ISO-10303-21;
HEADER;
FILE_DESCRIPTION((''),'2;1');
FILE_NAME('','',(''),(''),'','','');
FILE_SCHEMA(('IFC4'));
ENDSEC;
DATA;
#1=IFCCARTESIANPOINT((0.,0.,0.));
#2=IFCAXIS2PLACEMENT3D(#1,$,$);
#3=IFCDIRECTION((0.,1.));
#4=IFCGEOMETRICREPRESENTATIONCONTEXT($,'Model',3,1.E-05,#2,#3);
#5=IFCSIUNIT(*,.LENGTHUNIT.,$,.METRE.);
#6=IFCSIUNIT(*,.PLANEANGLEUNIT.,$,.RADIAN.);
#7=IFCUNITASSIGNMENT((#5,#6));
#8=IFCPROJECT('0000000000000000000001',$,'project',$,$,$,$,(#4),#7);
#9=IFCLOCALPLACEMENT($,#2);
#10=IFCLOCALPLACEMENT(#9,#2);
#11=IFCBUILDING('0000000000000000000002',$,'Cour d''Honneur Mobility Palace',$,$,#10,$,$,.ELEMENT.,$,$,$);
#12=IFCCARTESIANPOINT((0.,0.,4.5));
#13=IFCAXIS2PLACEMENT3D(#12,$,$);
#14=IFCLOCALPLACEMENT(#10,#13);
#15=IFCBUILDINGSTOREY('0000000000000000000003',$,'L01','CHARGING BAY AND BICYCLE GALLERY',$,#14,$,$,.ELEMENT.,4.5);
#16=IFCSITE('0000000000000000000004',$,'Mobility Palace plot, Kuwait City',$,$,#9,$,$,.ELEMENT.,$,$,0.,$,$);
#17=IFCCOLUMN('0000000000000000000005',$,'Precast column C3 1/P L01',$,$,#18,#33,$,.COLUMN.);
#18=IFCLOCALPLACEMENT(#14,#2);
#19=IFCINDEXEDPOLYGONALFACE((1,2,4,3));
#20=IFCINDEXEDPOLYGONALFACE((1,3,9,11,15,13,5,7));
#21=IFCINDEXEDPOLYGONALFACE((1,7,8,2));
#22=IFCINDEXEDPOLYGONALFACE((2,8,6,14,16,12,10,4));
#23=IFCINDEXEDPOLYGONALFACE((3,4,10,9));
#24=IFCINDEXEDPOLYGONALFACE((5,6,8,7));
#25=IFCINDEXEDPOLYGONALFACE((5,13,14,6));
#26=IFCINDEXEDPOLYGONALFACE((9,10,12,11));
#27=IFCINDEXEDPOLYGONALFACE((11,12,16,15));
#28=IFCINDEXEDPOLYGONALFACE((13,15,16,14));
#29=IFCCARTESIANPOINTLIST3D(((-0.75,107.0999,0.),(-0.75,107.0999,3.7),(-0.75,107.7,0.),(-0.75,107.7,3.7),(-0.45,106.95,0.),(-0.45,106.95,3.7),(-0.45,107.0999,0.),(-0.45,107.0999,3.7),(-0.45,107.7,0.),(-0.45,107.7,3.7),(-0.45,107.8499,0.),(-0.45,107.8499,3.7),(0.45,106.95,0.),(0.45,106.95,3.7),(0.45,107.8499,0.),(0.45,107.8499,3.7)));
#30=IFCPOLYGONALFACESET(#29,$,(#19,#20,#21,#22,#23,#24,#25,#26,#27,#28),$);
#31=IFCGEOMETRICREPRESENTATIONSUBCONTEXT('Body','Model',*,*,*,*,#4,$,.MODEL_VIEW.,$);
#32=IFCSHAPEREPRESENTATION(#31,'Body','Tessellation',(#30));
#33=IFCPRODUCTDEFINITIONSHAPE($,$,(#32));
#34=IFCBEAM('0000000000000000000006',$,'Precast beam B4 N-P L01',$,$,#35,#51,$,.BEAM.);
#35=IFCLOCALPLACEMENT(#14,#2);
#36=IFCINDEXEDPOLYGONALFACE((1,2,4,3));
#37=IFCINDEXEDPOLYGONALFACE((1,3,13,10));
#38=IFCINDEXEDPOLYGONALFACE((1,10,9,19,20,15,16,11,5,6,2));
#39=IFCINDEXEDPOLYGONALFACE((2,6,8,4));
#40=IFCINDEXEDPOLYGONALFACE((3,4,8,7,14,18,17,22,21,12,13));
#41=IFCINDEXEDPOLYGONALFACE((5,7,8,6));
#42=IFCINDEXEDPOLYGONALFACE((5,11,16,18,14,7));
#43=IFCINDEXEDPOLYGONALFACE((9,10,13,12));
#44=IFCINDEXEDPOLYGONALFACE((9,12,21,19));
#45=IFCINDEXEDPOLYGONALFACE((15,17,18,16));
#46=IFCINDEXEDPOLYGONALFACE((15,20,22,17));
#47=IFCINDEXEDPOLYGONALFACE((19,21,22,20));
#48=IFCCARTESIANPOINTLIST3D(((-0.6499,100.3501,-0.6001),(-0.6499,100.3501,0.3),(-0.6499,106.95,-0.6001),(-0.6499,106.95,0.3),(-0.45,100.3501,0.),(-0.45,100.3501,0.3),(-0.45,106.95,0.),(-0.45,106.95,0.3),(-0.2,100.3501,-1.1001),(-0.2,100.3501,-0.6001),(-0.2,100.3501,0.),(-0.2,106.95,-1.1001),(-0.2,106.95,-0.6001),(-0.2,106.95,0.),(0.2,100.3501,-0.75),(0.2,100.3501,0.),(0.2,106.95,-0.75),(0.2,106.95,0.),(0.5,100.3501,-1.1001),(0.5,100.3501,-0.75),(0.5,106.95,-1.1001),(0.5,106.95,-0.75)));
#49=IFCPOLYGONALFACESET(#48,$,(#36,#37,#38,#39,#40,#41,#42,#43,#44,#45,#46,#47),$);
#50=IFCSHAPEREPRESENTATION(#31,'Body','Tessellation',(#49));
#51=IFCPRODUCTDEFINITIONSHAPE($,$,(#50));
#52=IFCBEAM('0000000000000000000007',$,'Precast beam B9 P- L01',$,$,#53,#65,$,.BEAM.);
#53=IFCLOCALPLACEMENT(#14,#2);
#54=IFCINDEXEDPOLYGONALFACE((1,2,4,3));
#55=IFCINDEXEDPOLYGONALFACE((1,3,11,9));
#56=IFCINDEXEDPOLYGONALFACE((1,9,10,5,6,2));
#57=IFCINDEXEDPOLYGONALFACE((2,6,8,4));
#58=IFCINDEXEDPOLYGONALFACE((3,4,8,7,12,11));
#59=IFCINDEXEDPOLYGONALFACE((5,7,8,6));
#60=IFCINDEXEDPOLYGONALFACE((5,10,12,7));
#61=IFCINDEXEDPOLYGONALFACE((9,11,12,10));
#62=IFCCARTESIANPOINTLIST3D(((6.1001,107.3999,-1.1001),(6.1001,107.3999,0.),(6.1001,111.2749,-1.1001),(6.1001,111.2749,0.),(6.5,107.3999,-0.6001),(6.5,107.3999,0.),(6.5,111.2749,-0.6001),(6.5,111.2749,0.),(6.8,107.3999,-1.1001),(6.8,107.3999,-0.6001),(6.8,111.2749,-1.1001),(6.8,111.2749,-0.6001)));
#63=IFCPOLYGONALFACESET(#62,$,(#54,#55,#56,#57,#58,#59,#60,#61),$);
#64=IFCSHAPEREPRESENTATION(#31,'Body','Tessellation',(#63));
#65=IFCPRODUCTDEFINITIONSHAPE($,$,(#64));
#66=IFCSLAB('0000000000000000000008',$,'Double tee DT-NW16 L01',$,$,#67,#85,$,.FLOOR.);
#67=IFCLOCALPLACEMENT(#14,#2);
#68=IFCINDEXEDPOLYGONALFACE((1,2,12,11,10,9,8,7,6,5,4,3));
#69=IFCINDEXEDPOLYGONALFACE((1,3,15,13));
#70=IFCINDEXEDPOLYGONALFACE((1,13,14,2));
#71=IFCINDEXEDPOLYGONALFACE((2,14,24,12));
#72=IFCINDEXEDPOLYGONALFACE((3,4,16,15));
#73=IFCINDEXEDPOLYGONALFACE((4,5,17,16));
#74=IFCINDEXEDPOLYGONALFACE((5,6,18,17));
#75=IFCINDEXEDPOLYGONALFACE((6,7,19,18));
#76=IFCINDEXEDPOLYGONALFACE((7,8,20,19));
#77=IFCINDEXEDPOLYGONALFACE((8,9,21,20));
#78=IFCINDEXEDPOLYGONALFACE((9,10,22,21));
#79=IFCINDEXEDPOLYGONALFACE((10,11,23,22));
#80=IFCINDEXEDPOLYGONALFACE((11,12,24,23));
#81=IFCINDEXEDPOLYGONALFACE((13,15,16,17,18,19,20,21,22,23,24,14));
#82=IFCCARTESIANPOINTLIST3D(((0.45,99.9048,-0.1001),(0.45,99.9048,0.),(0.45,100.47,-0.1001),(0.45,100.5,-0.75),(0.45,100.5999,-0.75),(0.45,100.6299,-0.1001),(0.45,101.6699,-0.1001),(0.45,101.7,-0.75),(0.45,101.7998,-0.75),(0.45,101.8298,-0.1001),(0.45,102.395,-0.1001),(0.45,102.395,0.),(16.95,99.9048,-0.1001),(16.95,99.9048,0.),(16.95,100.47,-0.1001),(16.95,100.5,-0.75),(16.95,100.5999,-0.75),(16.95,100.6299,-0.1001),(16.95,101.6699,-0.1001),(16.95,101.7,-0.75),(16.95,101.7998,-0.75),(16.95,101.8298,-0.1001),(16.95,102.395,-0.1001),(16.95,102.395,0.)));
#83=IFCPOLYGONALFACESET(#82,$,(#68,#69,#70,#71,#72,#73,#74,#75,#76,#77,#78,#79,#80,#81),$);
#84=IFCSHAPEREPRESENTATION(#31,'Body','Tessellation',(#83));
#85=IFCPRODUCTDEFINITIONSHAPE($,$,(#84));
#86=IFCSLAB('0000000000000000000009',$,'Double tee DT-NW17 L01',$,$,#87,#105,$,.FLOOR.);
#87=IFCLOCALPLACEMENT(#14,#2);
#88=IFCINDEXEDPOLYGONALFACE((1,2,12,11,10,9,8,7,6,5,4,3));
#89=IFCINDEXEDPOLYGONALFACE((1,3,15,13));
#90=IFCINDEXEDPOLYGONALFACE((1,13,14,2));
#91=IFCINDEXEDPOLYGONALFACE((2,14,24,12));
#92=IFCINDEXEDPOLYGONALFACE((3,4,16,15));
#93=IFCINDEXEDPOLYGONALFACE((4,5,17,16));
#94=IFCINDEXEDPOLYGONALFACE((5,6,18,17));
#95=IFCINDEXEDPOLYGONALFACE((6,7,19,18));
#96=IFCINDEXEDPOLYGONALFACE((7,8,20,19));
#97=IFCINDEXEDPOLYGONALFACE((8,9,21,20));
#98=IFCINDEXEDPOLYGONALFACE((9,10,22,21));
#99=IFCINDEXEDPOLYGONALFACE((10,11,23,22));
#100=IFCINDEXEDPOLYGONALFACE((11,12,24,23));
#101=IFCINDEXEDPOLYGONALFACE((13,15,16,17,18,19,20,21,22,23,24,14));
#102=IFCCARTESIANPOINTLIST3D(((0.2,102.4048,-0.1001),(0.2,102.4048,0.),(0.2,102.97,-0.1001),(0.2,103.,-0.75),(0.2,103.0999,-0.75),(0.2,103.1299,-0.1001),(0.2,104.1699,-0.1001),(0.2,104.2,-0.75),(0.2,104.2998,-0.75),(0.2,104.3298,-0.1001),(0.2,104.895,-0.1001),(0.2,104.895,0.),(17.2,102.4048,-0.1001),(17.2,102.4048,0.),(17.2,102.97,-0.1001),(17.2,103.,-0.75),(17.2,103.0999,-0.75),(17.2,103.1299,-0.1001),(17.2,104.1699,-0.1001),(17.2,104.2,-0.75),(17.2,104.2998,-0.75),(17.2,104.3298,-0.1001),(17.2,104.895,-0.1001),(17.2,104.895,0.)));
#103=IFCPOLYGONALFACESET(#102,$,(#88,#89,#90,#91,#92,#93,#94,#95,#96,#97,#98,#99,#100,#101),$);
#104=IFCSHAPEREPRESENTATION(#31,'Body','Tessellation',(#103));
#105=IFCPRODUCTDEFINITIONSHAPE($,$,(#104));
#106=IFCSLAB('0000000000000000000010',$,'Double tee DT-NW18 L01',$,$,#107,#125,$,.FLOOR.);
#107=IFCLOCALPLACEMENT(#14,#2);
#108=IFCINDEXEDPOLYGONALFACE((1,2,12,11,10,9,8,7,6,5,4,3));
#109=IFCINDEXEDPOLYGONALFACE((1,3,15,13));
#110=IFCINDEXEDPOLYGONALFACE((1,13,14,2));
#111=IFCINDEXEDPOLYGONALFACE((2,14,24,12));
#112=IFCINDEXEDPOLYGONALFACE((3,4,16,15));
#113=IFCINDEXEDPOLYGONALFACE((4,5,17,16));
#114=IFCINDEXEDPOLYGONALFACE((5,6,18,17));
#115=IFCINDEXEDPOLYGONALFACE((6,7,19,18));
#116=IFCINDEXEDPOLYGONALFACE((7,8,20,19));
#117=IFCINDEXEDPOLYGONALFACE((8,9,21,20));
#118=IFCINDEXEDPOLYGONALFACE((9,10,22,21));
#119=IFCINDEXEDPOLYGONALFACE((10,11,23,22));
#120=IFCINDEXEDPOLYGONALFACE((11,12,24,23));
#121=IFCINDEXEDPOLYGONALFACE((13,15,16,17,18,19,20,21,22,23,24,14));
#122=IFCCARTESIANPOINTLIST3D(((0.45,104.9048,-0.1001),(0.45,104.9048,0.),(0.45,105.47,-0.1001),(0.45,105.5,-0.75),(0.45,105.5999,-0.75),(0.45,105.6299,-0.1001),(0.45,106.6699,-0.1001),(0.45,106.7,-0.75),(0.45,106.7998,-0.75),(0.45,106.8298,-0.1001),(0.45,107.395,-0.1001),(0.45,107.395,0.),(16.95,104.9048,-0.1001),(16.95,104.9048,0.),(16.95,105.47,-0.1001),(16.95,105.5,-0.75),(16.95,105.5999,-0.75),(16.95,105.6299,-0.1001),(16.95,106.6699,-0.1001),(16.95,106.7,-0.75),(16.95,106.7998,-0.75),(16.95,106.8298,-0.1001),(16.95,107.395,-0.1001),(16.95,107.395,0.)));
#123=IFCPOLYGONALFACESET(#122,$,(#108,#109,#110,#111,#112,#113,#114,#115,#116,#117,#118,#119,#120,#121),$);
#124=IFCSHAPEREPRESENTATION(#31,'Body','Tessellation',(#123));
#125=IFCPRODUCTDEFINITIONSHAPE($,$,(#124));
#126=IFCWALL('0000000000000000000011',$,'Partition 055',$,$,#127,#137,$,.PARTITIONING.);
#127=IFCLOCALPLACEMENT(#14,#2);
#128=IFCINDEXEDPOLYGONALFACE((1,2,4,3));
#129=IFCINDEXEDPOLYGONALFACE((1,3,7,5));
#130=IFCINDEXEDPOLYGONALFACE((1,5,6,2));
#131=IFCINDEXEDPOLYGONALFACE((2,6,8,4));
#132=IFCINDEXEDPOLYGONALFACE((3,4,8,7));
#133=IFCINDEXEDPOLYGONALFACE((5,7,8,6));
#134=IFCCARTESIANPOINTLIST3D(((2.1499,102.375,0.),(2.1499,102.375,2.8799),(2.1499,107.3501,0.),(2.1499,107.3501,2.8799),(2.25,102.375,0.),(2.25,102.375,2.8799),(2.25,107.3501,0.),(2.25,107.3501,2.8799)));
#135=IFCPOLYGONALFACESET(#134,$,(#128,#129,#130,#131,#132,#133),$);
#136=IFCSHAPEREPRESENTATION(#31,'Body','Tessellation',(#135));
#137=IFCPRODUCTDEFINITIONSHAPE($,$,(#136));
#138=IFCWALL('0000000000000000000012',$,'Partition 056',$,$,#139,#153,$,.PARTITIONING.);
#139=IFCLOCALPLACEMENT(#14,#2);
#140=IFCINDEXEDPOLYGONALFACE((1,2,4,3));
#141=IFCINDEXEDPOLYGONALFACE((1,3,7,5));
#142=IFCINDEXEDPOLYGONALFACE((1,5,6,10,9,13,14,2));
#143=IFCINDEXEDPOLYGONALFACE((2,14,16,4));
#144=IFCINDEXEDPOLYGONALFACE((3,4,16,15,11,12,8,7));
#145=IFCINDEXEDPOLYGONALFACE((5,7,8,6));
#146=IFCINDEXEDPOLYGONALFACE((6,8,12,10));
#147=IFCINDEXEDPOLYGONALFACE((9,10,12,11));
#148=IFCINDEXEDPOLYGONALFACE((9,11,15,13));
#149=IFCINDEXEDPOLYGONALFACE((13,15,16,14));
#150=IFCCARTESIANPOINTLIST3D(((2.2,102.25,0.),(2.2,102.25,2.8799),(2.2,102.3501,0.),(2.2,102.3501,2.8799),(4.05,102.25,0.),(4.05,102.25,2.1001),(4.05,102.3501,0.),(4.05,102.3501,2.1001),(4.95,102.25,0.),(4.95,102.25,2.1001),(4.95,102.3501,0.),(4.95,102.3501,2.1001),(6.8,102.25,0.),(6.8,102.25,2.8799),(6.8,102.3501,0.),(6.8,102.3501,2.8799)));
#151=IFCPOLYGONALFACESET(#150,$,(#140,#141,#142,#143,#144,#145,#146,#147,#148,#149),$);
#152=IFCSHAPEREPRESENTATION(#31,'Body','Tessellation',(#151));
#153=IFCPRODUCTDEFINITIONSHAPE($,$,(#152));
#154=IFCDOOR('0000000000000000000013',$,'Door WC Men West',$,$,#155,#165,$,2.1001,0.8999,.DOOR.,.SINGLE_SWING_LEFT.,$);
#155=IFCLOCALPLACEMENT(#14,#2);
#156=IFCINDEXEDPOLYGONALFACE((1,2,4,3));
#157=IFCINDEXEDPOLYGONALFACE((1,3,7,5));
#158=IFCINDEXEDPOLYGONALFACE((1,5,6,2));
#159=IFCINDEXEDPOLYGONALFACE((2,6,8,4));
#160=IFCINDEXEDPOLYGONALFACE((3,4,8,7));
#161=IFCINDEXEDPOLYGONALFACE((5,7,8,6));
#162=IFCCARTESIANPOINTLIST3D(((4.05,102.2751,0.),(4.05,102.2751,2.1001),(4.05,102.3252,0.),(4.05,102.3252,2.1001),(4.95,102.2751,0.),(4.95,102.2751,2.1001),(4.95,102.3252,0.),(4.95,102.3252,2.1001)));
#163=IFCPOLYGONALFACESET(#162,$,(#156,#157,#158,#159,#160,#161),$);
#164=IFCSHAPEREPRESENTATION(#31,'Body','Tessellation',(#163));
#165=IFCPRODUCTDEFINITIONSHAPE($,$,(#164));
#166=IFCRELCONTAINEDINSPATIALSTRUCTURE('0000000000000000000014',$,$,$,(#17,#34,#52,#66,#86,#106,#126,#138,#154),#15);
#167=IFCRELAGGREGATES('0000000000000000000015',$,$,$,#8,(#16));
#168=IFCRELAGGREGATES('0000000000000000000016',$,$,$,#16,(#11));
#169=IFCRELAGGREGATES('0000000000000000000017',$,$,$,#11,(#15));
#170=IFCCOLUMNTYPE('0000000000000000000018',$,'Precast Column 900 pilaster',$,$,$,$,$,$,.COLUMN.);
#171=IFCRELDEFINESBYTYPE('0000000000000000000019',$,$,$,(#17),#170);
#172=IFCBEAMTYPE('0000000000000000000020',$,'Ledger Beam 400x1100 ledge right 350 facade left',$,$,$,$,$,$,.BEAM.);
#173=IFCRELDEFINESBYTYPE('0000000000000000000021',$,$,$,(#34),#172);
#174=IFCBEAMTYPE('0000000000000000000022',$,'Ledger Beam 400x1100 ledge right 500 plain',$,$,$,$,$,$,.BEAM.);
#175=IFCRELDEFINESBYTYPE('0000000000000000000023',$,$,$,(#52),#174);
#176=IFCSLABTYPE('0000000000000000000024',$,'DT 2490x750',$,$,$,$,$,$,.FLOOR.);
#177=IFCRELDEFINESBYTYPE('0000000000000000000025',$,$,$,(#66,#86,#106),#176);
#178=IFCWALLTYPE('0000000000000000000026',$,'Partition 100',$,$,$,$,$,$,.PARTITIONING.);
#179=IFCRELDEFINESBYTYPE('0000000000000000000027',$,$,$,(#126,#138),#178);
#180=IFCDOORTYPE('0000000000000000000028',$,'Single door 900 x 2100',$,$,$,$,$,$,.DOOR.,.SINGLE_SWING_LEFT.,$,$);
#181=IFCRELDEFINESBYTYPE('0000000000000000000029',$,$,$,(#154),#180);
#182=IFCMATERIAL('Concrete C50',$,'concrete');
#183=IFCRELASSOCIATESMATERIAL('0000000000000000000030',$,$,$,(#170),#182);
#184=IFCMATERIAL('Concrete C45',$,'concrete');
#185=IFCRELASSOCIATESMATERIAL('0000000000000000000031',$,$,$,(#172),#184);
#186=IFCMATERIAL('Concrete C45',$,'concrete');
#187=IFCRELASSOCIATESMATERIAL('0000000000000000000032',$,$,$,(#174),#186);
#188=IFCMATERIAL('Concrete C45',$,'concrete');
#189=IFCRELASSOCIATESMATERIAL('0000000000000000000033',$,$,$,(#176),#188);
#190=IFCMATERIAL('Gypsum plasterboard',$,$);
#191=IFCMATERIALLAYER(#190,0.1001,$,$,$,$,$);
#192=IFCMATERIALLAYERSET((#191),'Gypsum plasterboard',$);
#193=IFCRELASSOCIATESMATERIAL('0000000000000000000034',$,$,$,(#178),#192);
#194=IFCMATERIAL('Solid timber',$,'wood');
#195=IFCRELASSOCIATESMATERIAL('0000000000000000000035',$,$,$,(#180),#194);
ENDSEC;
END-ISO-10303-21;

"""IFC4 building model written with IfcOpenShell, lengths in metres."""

from ifc_helpers import new_model, si_unit, direction, frame, frame_2d, origin, place, context, subcontext, project, spatial, polyline, rectangle, outline, extrude, material, layer, layer_set, material_profile, profile_set, type_object, element, fill, save


model = new_model("IFC4")

# Units and contexts
model_context = context("Model", 3, precision=1e-05, world=origin(), true_north=direction((0.0, 1.0)))
body_context = subcontext(model_context, "Body", "Model", "MODEL_VIEW")
ifc_project = project(units=[si_unit("LENGTHUNIT", "METRE"), si_unit("PLANEANGLEUNIT", "RADIAN")], contexts=[model_context])

# Site, building, storey
site_placement = place(None, origin())
site = spatial("IfcSite", under=ifc_project, at=site_placement, Name="Mobility Palace plot, Kuwait City", CompositionType="ELEMENT", RefElevation=0.0)
building_placement = place(site_placement, origin())
building = spatial("IfcBuilding", under=site, at=building_placement, Name="Cour d'Honneur Mobility Palace", CompositionType="ELEMENT")
storey_placement = place(building_placement, frame((0.0, 0.0, 4.5)))
storey = spatial("IfcBuildingStorey", under=building, at=storey_placement, Name="L01", Description="CHARGING BAY AND BICYCLE GALLERY", CompositionType="ELEMENT", Elevation=4.5)

# Column
ifc_material_1 = material(Name="Concrete C50", Category="concrete")
ifc_material_profile_1 = material_profile(ifc_material_1, outline(polyline([(-0.45, -0.45), (0.45, -0.45), (0.45, -0.3), (0.75, -0.3), (0.75, 0.3), (0.45, 0.3), (0.45, 0.45), (-0.45, 0.45), (-0.45, -0.45)])), Name="PC C900 pilaster")
ifc_profile_set_1 = profile_set([ifc_material_profile_1], Name="Concrete C50")
column_type = type_object("IfcColumnType", Name="Precast Column 900 pilaster", PredefinedType="COLUMN", material=ifc_profile_set_1)
column_placement = place(storey_placement, frame((0.0, 107.3999, 0.0), z_axis=(0.0, 0.0, 1.0), x_axis=(-1.0, 0.0, 0.0)))
element("IfcColumn", 1, at=column_placement, inside=storey, type_object=column_type, Name="Precast column C3 1/P L01", PredefinedType="COLUMN", context=body_context, shape_type="SweptSolid", body=[
    extrude(outline(polyline([(-0.45, -0.45), (0.45, -0.45), (0.45, -0.3), (0.75, -0.3), (0.75, 0.3), (0.45, 0.3), (0.45, 0.45), (-0.45, 0.45), (-0.45, -0.45)])), origin(), (0.0, 0.0, 1.0), 3.7),
])

# Beams
ifc_material_2 = material(Name="Concrete C45", Category="concrete")
ifc_material_profile_2 = material_profile(ifc_material_2, outline(polyline([(0.2, -1.1001), (0.2, -0.6001), (0.6499, -0.6001), (0.6499, 0.3), (0.45, 0.3), (0.45, 0.0), (0.2, 0.0), (-0.2, 0.0), (-0.2, -0.75), (-0.5, -0.75), (-0.5, -1.1001), (0.2, -1.1001)])), Name="Ledger Beam 400x1100 ledge right 350 facade left")
ifc_profile_set_2 = profile_set([ifc_material_profile_2], Name="Concrete C45")
beam_type_1 = type_object("IfcBeamType", Name="Ledger Beam 400x1100 ledge right 350 facade left", PredefinedType="BEAM", material=ifc_profile_set_2)
beam_1_placement = place(storey_placement, frame((0.0, 100.3501, 0.0), z_axis=(0.0, 1.0, 0.0), x_axis=(-1.0, 0.0, 0.0)))
element("IfcBeam", 2, at=beam_1_placement, inside=storey, type_object=beam_type_1, Name="Precast beam B4 N-P L01", PredefinedType="BEAM", context=body_context, shape_type="SweptSolid", body=[
    extrude(outline(polyline([(0.2, -1.1001), (0.2, -0.6001), (0.6499, -0.6001), (0.6499, 0.3), (0.45, 0.3), (0.45, 0.0), (0.2, 0.0), (-0.2, 0.0), (-0.2, -0.75), (-0.5, -0.75), (-0.5, -1.1001), (0.2, -1.1001)])), origin(), (0.0, 0.0, 1.0), 6.5999),
])
ifc_material_3 = material(Name="Concrete C45", Category="concrete")
ifc_material_profile_3 = material_profile(ifc_material_3, outline(polyline([(0.2, -1.1001), (0.2, 0.0), (-0.2, 0.0), (-0.2, -0.6001), (-0.5, -0.6001), (-0.5, -1.1001), (0.2, -1.1001)])), Name="Ledger Beam 400x1100 ledge right 500 plain")
ifc_profile_set_3 = profile_set([ifc_material_profile_3], Name="Concrete C45")
beam_type_2 = type_object("IfcBeamType", Name="Ledger Beam 400x1100 ledge right 500 plain", PredefinedType="BEAM", material=ifc_profile_set_3)
beam_2_placement = place(storey_placement, frame((6.3, 107.3999, 0.0), z_axis=(0.0, 1.0, 0.0), x_axis=(-1.0, 0.0, 0.0)))
element("IfcBeam", 3, at=beam_2_placement, inside=storey, type_object=beam_type_2, Name="Precast beam B9 P- L01", PredefinedType="BEAM", context=body_context, shape_type="SweptSolid", body=[
    extrude(outline(polyline([(0.2, -1.1001), (0.2, 0.0), (-0.2, 0.0), (-0.2, -0.6001), (-0.5, -0.6001), (-0.5, -1.1001), (0.2, -1.1001)])), origin(), (0.0, 0.0, 1.0), 3.875),
])

# Slabs
ifc_material_4 = material(Name="Concrete C45", Category="concrete")
ifc_material_profile_4 = material_profile(ifc_material_4, outline(polyline([(-1.2451, 0.0), (1.2451, 0.0), (1.2451, -0.1001), (0.6799, -0.1001), (0.6499, -0.75), (0.55, -0.75), (0.52, -0.1001), (-0.52, -0.1001), (-0.55, -0.75), (-0.6499, -0.75), (-0.6799, -0.1001), (-1.2451, -0.1001), (-1.2451, 0.0)])), Name="DT 2490x750")
ifc_profile_set_4 = profile_set([ifc_material_profile_4], Name="Concrete C45")
slab_type = type_object("IfcSlabType", Name="DT 2490x750", PredefinedType="FLOOR", material=ifc_profile_set_4)
slab_1_placement = place(storey_placement, frame((0.45, 101.1499, 0.0), z_axis=(1.0, 0.0, 0.0), x_axis=(0.0, 1.0, 0.0)))
element("IfcSlab", 4, at=slab_1_placement, inside=storey, type_object=slab_type, Name="Double tee DT-NW16 L01", PredefinedType="FLOOR", context=body_context, shape_type="SweptSolid", body=[
    extrude(outline(polyline([(-1.2451, 0.0), (1.2451, 0.0), (1.2451, -0.1001), (0.6799, -0.1001), (0.6499, -0.75), (0.55, -0.75), (0.52, -0.1001), (-0.52, -0.1001), (-0.55, -0.75), (-0.6499, -0.75), (-0.6799, -0.1001), (-1.2451, -0.1001), (-1.2451, 0.0)])), origin(), (0.0, 0.0, 1.0), 16.5),
])
slab_2_placement = place(storey_placement, frame((0.2, 103.6499, 0.0), z_axis=(1.0, 0.0, 0.0), x_axis=(0.0, 1.0, 0.0)))
element("IfcSlab", 5, at=slab_2_placement, inside=storey, type_object=slab_type, Name="Double tee DT-NW17 L01", PredefinedType="FLOOR", context=body_context, shape_type="SweptSolid", body=[
    extrude(outline(polyline([(-1.2451, 0.0), (1.2451, 0.0), (1.2451, -0.1001), (0.6799, -0.1001), (0.6499, -0.75), (0.55, -0.75), (0.52, -0.1001), (-0.52, -0.1001), (-0.55, -0.75), (-0.6499, -0.75), (-0.6799, -0.1001), (-1.2451, -0.1001), (-1.2451, 0.0)])), origin(), (0.0, 0.0, 1.0), 17.0),
])
slab_3_placement = place(storey_placement, frame((0.45, 106.1499, 0.0), z_axis=(1.0, 0.0, 0.0), x_axis=(0.0, 1.0, 0.0)))
element("IfcSlab", 6, at=slab_3_placement, inside=storey, type_object=slab_type, Name="Double tee DT-NW18 L01", PredefinedType="FLOOR", context=body_context, shape_type="SweptSolid", body=[
    extrude(outline(polyline([(-1.2451, 0.0), (1.2451, 0.0), (1.2451, -0.1001), (0.6799, -0.1001), (0.6499, -0.75), (0.55, -0.75), (0.52, -0.1001), (-0.52, -0.1001), (-0.55, -0.75), (-0.6499, -0.75), (-0.6799, -0.1001), (-1.2451, -0.1001), (-1.2451, 0.0)])), origin(), (0.0, 0.0, 1.0), 16.5),
])

# Wall
ifc_material_5 = material(Name="Gypsum plasterboard")
ifc_layer_1 = layer(ifc_material_5, 0.1001)
ifc_layer_set_1 = layer_set([ifc_layer_1], Name="Gypsum plasterboard")
wall_type_1 = type_object("IfcWallType", Name="Partition 100", PredefinedType="PARTITIONING", material=ifc_layer_set_1)
wall_1_placement = place(storey_placement, frame((2.2, 102.375, 0.0), z_axis=(0.0, 0.0, 1.0), x_axis=(0.0, 1.0, 0.0)))
element("IfcWall", 7, at=wall_1_placement, inside=storey, type_object=wall_type_1, Name="Partition 055", PredefinedType="PARTITIONING", context=body_context, shape_type="SweptSolid", body=[
    extrude(rectangle(XDim=4.9751, YDim=0.1001, at=frame_2d((2.4875, 0.0))), origin(), (0.0, 0.0, 1.0), 2.8799),
])

# Wall, opening, door
wall_2_placement = place(storey_placement, frame((6.8, 102.3, 0.0), z_axis=(0.0, 0.0, 1.0), x_axis=(-1.0, 0.0, 0.0)))
wall_2 = element("IfcWall", 8, at=wall_2_placement, inside=storey, type_object=wall_type_1, Name="Partition 056", PredefinedType="PARTITIONING", context=body_context, shape_type="SweptSolid", body=[
    extrude(rectangle(XDim=4.6001, YDim=0.1001, at=frame_2d((2.3, 0.0))), origin(), (0.0, 0.0, 1.0), 2.8799),
])
opening_1_placement = place(wall_2_placement, frame((1.8501, 0.0, 0.0)))
opening_1 = element("IfcOpeningElement", 9, at=opening_1_placement, cuts=wall_2, PredefinedType="OPENING", context=body_context, shape_type="SweptSolid", body=[
    extrude(rectangle(XDim=0.8999, YDim=2.1001, at=frame_2d((0.45, 1.05))), frame((0.0, 0.0601, 0.0), z_axis=(0.0, -1.0, 0.0), x_axis=(1.0, 0.0, 0.0)), (0.0, 0.0, 1.0), 0.1201),
])
ifc_material_6 = material(Name="Solid timber", Category="wood")
door_type_1 = type_object("IfcDoorType", Name="Single door 900 x 2100", OperationType="SINGLE_SWING_LEFT", PredefinedType="DOOR", material=ifc_material_6)
door_1_placement = place(opening_1_placement, origin())
door_1 = element("IfcDoor", 10, at=door_1_placement, inside=storey, type_object=door_type_1, Name="Door WC Men West", OperationType="SINGLE_SWING_LEFT", OverallHeight=2.1001, OverallWidth=0.8999, PredefinedType="DOOR", context=body_context, shape_type="SweptSolid", body=[
    extrude(rectangle(XDim=0.8999, YDim=2.1001, at=frame_2d((0.45, 1.05))), frame((0.0, 0.0249, 0.0), z_axis=(0.0, -1.0, 0.0), x_axis=(1.0, 0.0, 0.0)), (0.0, 0.0, 1.0), 0.05),
])
fill(opening_1, door_1)

save(model, "model.ifc")
